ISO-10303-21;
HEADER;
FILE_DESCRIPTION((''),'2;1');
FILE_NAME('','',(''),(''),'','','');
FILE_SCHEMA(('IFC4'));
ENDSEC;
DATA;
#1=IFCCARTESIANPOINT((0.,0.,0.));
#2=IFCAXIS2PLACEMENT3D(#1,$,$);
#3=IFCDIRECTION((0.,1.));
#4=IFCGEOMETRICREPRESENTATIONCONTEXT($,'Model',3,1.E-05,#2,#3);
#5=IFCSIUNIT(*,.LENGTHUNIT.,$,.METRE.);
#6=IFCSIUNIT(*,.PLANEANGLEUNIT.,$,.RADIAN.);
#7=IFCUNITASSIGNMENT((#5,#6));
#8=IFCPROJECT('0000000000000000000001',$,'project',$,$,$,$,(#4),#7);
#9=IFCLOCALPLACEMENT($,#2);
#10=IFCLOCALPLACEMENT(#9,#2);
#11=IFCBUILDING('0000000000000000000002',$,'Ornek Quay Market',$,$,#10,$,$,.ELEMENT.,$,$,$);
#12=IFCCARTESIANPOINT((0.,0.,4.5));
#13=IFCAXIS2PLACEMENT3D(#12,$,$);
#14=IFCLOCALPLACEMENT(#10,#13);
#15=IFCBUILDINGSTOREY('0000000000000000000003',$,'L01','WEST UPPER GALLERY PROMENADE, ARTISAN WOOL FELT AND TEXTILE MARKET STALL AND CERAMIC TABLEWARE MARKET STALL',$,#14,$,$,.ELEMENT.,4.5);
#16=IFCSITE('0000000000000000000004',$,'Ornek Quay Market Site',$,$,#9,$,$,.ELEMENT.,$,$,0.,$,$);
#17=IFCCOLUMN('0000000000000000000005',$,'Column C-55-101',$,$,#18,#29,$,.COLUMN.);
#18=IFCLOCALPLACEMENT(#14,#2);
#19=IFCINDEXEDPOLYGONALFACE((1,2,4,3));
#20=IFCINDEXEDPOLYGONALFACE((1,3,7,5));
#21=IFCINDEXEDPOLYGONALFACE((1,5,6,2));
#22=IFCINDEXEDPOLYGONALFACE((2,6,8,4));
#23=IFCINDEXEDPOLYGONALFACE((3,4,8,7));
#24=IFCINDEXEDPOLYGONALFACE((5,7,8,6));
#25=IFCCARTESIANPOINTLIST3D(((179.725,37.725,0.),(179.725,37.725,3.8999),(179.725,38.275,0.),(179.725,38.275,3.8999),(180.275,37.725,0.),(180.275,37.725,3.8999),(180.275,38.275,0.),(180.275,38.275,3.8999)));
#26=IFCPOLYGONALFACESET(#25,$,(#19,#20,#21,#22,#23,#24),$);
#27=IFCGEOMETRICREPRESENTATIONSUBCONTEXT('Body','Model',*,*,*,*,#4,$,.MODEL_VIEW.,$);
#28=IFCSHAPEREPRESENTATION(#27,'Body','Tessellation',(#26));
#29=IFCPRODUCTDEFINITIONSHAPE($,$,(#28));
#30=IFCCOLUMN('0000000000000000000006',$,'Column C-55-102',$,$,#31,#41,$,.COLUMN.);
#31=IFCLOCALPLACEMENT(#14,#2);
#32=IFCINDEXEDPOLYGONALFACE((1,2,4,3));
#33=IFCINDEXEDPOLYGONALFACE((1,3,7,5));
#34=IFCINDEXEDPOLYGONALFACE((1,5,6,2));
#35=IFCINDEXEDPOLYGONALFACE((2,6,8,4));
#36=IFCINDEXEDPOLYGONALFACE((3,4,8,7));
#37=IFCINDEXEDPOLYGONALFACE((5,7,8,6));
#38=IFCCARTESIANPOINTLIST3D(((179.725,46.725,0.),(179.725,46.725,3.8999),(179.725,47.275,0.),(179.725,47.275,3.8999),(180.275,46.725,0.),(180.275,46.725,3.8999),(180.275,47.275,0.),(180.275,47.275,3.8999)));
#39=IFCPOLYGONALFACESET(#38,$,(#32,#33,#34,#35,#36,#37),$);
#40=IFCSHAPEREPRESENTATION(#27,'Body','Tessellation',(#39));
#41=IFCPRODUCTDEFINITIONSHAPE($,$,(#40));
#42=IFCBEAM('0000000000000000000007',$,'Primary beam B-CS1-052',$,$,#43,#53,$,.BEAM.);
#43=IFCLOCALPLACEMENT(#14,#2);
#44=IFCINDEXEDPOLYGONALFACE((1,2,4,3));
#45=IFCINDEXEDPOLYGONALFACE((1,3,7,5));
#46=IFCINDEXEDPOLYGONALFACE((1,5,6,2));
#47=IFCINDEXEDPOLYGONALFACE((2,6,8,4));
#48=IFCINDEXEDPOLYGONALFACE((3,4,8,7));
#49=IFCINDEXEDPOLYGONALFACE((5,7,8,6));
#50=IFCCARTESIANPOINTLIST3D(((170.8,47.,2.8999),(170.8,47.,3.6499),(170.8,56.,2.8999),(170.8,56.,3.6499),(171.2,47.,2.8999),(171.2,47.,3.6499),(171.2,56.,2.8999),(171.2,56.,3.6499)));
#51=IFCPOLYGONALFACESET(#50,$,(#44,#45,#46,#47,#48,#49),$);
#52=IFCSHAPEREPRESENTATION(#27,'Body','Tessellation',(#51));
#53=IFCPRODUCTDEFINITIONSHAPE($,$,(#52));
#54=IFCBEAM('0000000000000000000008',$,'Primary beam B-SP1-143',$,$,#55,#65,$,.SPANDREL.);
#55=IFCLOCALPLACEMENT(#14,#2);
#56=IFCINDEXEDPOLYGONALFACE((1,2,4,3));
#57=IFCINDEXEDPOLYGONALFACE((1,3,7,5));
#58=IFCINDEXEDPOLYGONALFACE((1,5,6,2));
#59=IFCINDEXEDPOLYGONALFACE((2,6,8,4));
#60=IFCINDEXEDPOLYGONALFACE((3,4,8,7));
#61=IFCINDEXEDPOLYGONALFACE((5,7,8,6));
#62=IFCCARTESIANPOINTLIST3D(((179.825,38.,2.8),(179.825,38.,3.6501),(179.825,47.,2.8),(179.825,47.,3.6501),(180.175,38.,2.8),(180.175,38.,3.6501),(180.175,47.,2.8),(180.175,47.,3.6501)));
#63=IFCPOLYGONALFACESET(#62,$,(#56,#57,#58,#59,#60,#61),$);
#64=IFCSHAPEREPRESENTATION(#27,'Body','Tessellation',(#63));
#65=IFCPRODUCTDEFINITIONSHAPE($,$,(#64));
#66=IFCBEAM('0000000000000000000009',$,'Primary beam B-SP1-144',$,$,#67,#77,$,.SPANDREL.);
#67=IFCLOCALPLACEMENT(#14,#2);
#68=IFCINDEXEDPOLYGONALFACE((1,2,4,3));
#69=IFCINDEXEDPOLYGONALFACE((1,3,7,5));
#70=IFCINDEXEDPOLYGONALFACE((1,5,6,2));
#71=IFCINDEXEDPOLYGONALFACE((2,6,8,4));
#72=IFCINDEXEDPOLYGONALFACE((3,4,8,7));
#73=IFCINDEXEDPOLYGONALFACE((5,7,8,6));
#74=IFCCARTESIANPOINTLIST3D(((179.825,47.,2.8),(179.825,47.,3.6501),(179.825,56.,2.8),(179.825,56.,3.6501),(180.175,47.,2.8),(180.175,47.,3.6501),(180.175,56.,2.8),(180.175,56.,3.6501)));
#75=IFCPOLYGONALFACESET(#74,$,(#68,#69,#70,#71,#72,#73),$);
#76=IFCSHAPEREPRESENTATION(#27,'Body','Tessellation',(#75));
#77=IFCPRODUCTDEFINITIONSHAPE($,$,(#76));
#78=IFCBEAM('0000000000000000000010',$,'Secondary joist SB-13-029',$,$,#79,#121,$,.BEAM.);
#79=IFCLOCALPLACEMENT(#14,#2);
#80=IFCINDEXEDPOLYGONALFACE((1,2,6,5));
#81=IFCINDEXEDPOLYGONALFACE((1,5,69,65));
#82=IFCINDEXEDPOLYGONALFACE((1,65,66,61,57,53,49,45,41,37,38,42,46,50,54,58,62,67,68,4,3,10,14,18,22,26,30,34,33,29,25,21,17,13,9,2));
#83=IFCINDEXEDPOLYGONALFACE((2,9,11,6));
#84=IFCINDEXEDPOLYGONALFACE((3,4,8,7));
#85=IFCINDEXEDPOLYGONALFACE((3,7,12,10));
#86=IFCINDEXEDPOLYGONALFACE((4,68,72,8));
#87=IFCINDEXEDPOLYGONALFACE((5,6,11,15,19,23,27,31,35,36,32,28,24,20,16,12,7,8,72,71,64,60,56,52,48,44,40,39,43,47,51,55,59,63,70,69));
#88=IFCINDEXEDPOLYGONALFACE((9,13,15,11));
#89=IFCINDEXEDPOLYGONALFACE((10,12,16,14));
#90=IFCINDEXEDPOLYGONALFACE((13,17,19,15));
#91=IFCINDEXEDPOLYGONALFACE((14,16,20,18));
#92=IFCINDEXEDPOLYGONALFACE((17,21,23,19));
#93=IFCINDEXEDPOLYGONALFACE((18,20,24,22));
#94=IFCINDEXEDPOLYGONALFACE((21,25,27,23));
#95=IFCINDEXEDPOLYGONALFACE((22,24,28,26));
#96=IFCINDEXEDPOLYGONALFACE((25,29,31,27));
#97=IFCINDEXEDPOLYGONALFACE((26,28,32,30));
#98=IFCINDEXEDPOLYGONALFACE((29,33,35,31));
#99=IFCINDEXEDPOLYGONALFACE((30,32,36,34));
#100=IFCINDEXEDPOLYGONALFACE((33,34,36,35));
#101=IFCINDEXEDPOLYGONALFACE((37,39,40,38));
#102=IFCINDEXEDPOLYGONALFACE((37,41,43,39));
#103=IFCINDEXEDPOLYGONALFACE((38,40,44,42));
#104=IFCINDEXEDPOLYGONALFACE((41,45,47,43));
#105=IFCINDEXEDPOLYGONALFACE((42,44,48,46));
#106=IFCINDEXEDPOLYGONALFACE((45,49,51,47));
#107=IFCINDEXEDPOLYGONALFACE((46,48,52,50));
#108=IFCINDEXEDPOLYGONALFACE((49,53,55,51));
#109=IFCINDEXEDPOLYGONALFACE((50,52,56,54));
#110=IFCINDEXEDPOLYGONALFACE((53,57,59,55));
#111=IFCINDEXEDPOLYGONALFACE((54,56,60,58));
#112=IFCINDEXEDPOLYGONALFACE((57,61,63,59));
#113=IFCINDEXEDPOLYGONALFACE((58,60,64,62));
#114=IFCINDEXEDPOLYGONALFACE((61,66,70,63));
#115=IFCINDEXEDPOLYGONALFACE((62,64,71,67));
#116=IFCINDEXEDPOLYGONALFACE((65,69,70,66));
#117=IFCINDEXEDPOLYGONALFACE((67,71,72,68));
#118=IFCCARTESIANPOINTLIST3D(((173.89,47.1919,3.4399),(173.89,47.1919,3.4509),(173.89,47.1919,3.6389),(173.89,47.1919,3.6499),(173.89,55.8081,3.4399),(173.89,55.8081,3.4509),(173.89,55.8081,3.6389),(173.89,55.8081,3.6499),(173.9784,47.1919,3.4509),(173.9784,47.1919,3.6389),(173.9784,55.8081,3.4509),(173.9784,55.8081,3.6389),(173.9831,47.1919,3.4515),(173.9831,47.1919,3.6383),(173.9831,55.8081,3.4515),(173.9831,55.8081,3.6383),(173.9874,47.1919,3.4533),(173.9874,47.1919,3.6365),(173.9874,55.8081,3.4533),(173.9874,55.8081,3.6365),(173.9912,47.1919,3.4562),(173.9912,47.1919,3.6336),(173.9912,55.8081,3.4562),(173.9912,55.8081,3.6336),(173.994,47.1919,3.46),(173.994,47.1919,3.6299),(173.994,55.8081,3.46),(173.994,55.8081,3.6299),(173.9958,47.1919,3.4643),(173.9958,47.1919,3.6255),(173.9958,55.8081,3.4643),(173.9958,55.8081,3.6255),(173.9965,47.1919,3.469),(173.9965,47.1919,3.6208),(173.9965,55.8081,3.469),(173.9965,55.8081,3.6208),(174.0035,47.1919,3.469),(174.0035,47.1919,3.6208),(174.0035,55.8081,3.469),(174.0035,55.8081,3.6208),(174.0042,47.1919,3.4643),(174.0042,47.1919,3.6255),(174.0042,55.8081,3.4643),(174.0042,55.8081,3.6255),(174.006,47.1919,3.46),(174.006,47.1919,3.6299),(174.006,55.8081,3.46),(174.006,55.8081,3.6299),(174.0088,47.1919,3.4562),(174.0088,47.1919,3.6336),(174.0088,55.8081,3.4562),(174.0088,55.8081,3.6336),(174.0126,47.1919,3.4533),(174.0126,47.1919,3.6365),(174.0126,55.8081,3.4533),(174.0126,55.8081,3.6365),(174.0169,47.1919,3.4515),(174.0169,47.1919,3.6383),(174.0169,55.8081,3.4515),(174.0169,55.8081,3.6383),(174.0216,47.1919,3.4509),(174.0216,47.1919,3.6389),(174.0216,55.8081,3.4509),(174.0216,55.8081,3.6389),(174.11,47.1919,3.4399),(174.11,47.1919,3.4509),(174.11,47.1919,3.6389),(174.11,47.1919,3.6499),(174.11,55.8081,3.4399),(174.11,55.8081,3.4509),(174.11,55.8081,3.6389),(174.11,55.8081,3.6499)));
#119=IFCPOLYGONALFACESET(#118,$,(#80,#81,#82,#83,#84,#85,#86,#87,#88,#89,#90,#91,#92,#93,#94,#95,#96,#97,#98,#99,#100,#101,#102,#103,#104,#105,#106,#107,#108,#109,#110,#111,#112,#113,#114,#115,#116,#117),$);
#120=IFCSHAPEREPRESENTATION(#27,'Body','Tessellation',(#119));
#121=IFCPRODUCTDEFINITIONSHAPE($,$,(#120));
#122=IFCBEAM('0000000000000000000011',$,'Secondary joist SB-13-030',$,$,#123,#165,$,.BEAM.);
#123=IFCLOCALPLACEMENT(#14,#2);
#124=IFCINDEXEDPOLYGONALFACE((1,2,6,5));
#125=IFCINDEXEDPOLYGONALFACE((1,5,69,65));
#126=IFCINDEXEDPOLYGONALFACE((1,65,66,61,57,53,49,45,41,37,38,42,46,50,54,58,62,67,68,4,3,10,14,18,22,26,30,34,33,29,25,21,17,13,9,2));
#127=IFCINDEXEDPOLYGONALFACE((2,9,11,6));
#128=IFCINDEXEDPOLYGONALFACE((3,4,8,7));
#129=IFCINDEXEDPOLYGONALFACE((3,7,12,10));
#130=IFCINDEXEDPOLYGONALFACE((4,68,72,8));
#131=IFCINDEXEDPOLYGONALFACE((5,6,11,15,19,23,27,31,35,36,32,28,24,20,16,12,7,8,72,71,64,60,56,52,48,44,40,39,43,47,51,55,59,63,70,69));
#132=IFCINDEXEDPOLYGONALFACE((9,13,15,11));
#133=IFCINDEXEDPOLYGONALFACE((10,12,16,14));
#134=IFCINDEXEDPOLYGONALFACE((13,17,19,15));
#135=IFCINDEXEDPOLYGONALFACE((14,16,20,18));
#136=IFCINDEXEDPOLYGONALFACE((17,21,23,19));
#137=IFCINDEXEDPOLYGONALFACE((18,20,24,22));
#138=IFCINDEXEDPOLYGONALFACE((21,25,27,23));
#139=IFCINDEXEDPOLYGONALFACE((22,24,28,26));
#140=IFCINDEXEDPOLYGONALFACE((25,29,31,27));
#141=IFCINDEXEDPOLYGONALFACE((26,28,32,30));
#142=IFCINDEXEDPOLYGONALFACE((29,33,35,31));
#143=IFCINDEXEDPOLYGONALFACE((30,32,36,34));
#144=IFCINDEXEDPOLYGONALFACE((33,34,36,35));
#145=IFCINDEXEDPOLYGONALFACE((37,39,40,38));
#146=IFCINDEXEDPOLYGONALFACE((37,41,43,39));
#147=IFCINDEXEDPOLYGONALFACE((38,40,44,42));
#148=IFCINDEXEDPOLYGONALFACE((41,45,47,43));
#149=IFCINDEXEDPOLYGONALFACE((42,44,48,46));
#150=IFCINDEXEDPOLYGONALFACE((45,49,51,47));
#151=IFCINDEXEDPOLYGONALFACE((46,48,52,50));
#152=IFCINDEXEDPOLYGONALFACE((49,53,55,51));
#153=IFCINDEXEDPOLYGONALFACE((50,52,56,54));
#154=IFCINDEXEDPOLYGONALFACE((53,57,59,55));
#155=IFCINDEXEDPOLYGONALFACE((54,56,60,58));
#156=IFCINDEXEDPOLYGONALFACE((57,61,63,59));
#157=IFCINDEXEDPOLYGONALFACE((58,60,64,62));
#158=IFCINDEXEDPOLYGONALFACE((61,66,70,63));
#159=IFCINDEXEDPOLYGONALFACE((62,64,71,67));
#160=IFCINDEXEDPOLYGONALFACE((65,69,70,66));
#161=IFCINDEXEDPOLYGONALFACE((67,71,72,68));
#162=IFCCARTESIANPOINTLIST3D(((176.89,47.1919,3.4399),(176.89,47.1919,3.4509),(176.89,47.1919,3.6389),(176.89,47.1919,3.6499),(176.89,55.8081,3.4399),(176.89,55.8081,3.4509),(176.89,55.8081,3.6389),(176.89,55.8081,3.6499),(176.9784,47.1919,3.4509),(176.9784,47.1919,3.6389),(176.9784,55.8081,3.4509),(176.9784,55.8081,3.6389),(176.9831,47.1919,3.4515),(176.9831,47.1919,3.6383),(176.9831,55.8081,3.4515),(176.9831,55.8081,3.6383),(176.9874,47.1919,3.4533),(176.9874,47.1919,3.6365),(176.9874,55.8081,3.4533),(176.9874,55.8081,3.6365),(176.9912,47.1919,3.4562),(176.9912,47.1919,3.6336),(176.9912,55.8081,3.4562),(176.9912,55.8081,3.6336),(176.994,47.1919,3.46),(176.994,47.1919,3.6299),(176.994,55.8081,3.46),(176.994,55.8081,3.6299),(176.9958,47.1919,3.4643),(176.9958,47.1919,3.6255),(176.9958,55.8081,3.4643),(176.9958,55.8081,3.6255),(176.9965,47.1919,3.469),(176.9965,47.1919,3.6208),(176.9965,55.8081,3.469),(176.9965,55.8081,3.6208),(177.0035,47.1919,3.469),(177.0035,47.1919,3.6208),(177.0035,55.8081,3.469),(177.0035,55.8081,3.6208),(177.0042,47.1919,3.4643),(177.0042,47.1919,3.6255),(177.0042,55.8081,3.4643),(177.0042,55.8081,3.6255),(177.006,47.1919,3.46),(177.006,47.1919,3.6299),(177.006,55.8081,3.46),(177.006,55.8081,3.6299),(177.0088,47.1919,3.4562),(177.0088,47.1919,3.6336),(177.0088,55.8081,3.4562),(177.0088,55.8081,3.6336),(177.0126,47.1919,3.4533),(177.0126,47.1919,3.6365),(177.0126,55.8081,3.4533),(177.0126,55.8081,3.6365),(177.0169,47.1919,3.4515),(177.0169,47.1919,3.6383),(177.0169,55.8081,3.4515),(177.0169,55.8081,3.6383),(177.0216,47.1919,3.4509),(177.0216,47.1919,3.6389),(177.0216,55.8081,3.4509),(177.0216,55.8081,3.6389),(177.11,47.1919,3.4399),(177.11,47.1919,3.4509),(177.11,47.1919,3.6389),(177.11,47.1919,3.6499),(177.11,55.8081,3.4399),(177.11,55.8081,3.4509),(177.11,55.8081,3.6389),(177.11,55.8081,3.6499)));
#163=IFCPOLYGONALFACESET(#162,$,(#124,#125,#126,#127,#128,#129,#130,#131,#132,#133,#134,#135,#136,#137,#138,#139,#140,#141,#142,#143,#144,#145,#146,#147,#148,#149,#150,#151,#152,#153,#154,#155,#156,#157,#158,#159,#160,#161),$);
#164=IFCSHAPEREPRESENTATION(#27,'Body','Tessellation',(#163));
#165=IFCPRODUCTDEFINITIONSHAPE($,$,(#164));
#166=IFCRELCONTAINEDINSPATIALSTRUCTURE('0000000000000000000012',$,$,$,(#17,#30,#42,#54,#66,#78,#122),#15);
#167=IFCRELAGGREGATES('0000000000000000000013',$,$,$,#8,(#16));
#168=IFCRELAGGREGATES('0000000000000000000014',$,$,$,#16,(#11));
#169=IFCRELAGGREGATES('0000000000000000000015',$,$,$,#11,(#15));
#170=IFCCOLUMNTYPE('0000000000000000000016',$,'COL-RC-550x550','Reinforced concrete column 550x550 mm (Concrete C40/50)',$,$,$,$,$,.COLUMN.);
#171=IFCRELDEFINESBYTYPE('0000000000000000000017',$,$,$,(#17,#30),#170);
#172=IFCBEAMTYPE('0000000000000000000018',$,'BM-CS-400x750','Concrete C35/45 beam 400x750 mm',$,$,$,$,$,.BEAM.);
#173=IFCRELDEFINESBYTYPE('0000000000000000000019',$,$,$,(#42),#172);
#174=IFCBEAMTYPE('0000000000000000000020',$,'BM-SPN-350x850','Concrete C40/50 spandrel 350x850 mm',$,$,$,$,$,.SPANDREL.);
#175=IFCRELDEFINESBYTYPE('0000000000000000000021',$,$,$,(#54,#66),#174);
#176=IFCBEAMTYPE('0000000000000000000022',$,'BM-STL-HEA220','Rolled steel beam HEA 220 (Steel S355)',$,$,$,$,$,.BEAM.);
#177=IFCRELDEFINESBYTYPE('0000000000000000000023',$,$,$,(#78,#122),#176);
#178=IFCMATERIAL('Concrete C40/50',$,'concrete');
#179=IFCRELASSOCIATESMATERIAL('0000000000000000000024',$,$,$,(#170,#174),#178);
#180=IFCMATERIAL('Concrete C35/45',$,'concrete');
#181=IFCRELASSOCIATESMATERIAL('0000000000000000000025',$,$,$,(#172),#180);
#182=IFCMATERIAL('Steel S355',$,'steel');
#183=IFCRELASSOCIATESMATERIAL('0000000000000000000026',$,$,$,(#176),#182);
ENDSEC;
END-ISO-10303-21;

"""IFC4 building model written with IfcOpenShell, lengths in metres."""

from ifc_helpers import new_model, si_unit, direction, frame, origin, origin_2d, place, context, subcontext, project, spatial, rectangle, i_section, extrude, material, material_profile, profile_set, type_object, element, save


model = new_model("IFC4")

# Units and contexts
model_context = context("Model", 3, precision=1e-05, world=origin(), true_north=direction((0.0, 1.0)))
body_context = subcontext(model_context, "Body", "Model", "MODEL_VIEW")
ifc_project = project(units=[si_unit("LENGTHUNIT", "METRE"), si_unit("PLANEANGLEUNIT", "RADIAN")], contexts=[model_context])

# Site, building, storey
site_placement = place(None, origin())
site = spatial("IfcSite", under=ifc_project, at=site_placement, Name="Ornek Quay Market Site", CompositionType="ELEMENT", RefElevation=0.0)
building_placement = place(site_placement, origin())
building = spatial("IfcBuilding", under=site, at=building_placement, Name="Ornek Quay Market", CompositionType="ELEMENT")
storey_placement = place(building_placement, frame((0.0, 0.0, 4.5)))
storey = spatial("IfcBuildingStorey", under=building, at=storey_placement, Name="L01", Description="WEST UPPER GALLERY PROMENADE, ARTISAN WOOL FELT AND TEXTILE MARKET STALL AND CERAMIC TABLEWARE MARKET STALL", CompositionType="ELEMENT", Elevation=4.5)

# Columns
ifc_material_1 = material(Name="Concrete C40/50", Category="concrete")
ifc_material_profile_1 = material_profile(ifc_material_1, rectangle(XDim=0.55, YDim=0.55, at=origin_2d()), Name="RC 550x550", Category="concrete")
ifc_profile_set_1 = profile_set([ifc_material_profile_1], Name="Concrete C40/50")
column_type = type_object("IfcColumnType", Name="COL-RC-550x550", Description="Reinforced concrete column 550x550 mm (Concrete C40/50)", PredefinedType="COLUMN", material=ifc_profile_set_1)
for number, where, z_axis, x_axis, name in (
    (1, (180.0, 38.0, 0.0), (0.0, 0.0, 1.0), (1.0, 0.0, 0.0), "Column C-55-101"),
    (2, (180.0, 47.0, 0.0), (0.0, 0.0, 1.0), (1.0, 0.0, 0.0), "Column C-55-102"),
):
    element("IfcColumn", number, at=place(storey_placement, frame(where, z_axis=z_axis, x_axis=x_axis)), inside=storey, type_object=column_type, Name=name, PredefinedType="COLUMN", context=body_context, shape_type="SweptSolid", body=[
        extrude(rectangle(XDim=0.55, YDim=0.55, at=origin_2d()), origin(), (0.0, 0.0, 1.0), 3.8999),
    ])

# Beams
ifc_material_2 = material(Name="Concrete C35/45", Category="concrete")
ifc_material_profile_2 = material_profile(ifc_material_2, rectangle(XDim=0.3999, YDim=0.75, at=origin_2d()), Name="RC 400x750", Category="concrete")
ifc_profile_set_2 = profile_set([ifc_material_profile_2], Name="Concrete C35/45")
beam_type_1 = type_object("IfcBeamType", Name="BM-CS-400x750", Description="Concrete C35/45 beam 400x750 mm", PredefinedType="BEAM", material=ifc_profile_set_2)
beam_placement = place(storey_placement, frame((171.0, 47.0, 3.2749), z_axis=(0.0, 1.0, 0.0), x_axis=(-1.0, 0.0, 0.0)))
element("IfcBeam", 3, at=beam_placement, inside=storey, type_object=beam_type_1, Name="Primary beam B-CS1-052", PredefinedType="BEAM", context=body_context, shape_type="SweptSolid", body=[
    extrude(rectangle(XDim=0.3999, YDim=0.75, at=origin_2d()), origin(), (0.0, 0.0, 1.0), 9.0),
])
ifc_material_profile_3 = material_profile(ifc_material_1, rectangle(XDim=0.3501, YDim=0.8501, at=origin_2d()), Name="RC 350x850", Category="concrete")
ifc_profile_set_3 = profile_set([ifc_material_profile_3], Name="Concrete C40/50")
beam_type_2 = type_object("IfcBeamType", Name="BM-SPN-350x850", Description="Concrete C40/50 spandrel 350x850 mm", PredefinedType="SPANDREL", material=ifc_profile_set_3)
for number, where, z_axis, x_axis, name in (
    (4, (180.0, 38.0, 3.2251), (0.0, 1.0, 0.0), (-1.0, 0.0, 0.0), "Primary beam B-SP1-143"),
    (5, (180.0, 47.0, 3.2251), (0.0, 1.0, 0.0), (-1.0, 0.0, 0.0), "Primary beam B-SP1-144"),
):
    element("IfcBeam", number, at=place(storey_placement, frame(where, z_axis=z_axis, x_axis=x_axis)), inside=storey, type_object=beam_type_2, Name=name, PredefinedType="SPANDREL", context=body_context, shape_type="SweptSolid", body=[
        extrude(rectangle(XDim=0.3501, YDim=0.8501, at=origin_2d()), origin(), (0.0, 0.0, 1.0), 9.0),
    ])
ifc_material_3 = material(Name="Steel S355", Category="steel")
ifc_material_profile_4 = material_profile(ifc_material_3, i_section(OverallWidth=0.22, OverallDepth=0.21, WebThickness=0.0071, FlangeThickness=0.011, FilletRadius=0.0181, at=origin_2d()), Name="HEA 220", Category="steel")
ifc_profile_set_4 = profile_set([ifc_material_profile_4], Name="Steel S355")
beam_type_3 = type_object("IfcBeamType", Name="BM-STL-HEA220", Description="Rolled steel beam HEA 220 (Steel S355)", PredefinedType="BEAM", material=ifc_profile_set_4)
for number, where, z_axis, x_axis, name in (
    (6, (174.0, 47.1919, 3.5449), (0.0, 1.0, 0.0), (-1.0, 0.0, 0.0), "Secondary joist SB-13-029"),
    (7, (177.0, 47.1919, 3.5449), (0.0, 1.0, 0.0), (-1.0, 0.0, 0.0), "Secondary joist SB-13-030"),
):
    element("IfcBeam", number, at=place(storey_placement, frame(where, z_axis=z_axis, x_axis=x_axis)), inside=storey, type_object=beam_type_3, Name=name, PredefinedType="BEAM", context=body_context, shape_type="SweptSolid", body=[
        extrude(i_section(OverallWidth=0.22, OverallDepth=0.21, WebThickness=0.0071, FlangeThickness=0.011, FilletRadius=0.0181, at=origin_2d()), origin(), (0.0, 0.0, 1.0), 8.6162),
    ])

save(model, "model.ifc")
